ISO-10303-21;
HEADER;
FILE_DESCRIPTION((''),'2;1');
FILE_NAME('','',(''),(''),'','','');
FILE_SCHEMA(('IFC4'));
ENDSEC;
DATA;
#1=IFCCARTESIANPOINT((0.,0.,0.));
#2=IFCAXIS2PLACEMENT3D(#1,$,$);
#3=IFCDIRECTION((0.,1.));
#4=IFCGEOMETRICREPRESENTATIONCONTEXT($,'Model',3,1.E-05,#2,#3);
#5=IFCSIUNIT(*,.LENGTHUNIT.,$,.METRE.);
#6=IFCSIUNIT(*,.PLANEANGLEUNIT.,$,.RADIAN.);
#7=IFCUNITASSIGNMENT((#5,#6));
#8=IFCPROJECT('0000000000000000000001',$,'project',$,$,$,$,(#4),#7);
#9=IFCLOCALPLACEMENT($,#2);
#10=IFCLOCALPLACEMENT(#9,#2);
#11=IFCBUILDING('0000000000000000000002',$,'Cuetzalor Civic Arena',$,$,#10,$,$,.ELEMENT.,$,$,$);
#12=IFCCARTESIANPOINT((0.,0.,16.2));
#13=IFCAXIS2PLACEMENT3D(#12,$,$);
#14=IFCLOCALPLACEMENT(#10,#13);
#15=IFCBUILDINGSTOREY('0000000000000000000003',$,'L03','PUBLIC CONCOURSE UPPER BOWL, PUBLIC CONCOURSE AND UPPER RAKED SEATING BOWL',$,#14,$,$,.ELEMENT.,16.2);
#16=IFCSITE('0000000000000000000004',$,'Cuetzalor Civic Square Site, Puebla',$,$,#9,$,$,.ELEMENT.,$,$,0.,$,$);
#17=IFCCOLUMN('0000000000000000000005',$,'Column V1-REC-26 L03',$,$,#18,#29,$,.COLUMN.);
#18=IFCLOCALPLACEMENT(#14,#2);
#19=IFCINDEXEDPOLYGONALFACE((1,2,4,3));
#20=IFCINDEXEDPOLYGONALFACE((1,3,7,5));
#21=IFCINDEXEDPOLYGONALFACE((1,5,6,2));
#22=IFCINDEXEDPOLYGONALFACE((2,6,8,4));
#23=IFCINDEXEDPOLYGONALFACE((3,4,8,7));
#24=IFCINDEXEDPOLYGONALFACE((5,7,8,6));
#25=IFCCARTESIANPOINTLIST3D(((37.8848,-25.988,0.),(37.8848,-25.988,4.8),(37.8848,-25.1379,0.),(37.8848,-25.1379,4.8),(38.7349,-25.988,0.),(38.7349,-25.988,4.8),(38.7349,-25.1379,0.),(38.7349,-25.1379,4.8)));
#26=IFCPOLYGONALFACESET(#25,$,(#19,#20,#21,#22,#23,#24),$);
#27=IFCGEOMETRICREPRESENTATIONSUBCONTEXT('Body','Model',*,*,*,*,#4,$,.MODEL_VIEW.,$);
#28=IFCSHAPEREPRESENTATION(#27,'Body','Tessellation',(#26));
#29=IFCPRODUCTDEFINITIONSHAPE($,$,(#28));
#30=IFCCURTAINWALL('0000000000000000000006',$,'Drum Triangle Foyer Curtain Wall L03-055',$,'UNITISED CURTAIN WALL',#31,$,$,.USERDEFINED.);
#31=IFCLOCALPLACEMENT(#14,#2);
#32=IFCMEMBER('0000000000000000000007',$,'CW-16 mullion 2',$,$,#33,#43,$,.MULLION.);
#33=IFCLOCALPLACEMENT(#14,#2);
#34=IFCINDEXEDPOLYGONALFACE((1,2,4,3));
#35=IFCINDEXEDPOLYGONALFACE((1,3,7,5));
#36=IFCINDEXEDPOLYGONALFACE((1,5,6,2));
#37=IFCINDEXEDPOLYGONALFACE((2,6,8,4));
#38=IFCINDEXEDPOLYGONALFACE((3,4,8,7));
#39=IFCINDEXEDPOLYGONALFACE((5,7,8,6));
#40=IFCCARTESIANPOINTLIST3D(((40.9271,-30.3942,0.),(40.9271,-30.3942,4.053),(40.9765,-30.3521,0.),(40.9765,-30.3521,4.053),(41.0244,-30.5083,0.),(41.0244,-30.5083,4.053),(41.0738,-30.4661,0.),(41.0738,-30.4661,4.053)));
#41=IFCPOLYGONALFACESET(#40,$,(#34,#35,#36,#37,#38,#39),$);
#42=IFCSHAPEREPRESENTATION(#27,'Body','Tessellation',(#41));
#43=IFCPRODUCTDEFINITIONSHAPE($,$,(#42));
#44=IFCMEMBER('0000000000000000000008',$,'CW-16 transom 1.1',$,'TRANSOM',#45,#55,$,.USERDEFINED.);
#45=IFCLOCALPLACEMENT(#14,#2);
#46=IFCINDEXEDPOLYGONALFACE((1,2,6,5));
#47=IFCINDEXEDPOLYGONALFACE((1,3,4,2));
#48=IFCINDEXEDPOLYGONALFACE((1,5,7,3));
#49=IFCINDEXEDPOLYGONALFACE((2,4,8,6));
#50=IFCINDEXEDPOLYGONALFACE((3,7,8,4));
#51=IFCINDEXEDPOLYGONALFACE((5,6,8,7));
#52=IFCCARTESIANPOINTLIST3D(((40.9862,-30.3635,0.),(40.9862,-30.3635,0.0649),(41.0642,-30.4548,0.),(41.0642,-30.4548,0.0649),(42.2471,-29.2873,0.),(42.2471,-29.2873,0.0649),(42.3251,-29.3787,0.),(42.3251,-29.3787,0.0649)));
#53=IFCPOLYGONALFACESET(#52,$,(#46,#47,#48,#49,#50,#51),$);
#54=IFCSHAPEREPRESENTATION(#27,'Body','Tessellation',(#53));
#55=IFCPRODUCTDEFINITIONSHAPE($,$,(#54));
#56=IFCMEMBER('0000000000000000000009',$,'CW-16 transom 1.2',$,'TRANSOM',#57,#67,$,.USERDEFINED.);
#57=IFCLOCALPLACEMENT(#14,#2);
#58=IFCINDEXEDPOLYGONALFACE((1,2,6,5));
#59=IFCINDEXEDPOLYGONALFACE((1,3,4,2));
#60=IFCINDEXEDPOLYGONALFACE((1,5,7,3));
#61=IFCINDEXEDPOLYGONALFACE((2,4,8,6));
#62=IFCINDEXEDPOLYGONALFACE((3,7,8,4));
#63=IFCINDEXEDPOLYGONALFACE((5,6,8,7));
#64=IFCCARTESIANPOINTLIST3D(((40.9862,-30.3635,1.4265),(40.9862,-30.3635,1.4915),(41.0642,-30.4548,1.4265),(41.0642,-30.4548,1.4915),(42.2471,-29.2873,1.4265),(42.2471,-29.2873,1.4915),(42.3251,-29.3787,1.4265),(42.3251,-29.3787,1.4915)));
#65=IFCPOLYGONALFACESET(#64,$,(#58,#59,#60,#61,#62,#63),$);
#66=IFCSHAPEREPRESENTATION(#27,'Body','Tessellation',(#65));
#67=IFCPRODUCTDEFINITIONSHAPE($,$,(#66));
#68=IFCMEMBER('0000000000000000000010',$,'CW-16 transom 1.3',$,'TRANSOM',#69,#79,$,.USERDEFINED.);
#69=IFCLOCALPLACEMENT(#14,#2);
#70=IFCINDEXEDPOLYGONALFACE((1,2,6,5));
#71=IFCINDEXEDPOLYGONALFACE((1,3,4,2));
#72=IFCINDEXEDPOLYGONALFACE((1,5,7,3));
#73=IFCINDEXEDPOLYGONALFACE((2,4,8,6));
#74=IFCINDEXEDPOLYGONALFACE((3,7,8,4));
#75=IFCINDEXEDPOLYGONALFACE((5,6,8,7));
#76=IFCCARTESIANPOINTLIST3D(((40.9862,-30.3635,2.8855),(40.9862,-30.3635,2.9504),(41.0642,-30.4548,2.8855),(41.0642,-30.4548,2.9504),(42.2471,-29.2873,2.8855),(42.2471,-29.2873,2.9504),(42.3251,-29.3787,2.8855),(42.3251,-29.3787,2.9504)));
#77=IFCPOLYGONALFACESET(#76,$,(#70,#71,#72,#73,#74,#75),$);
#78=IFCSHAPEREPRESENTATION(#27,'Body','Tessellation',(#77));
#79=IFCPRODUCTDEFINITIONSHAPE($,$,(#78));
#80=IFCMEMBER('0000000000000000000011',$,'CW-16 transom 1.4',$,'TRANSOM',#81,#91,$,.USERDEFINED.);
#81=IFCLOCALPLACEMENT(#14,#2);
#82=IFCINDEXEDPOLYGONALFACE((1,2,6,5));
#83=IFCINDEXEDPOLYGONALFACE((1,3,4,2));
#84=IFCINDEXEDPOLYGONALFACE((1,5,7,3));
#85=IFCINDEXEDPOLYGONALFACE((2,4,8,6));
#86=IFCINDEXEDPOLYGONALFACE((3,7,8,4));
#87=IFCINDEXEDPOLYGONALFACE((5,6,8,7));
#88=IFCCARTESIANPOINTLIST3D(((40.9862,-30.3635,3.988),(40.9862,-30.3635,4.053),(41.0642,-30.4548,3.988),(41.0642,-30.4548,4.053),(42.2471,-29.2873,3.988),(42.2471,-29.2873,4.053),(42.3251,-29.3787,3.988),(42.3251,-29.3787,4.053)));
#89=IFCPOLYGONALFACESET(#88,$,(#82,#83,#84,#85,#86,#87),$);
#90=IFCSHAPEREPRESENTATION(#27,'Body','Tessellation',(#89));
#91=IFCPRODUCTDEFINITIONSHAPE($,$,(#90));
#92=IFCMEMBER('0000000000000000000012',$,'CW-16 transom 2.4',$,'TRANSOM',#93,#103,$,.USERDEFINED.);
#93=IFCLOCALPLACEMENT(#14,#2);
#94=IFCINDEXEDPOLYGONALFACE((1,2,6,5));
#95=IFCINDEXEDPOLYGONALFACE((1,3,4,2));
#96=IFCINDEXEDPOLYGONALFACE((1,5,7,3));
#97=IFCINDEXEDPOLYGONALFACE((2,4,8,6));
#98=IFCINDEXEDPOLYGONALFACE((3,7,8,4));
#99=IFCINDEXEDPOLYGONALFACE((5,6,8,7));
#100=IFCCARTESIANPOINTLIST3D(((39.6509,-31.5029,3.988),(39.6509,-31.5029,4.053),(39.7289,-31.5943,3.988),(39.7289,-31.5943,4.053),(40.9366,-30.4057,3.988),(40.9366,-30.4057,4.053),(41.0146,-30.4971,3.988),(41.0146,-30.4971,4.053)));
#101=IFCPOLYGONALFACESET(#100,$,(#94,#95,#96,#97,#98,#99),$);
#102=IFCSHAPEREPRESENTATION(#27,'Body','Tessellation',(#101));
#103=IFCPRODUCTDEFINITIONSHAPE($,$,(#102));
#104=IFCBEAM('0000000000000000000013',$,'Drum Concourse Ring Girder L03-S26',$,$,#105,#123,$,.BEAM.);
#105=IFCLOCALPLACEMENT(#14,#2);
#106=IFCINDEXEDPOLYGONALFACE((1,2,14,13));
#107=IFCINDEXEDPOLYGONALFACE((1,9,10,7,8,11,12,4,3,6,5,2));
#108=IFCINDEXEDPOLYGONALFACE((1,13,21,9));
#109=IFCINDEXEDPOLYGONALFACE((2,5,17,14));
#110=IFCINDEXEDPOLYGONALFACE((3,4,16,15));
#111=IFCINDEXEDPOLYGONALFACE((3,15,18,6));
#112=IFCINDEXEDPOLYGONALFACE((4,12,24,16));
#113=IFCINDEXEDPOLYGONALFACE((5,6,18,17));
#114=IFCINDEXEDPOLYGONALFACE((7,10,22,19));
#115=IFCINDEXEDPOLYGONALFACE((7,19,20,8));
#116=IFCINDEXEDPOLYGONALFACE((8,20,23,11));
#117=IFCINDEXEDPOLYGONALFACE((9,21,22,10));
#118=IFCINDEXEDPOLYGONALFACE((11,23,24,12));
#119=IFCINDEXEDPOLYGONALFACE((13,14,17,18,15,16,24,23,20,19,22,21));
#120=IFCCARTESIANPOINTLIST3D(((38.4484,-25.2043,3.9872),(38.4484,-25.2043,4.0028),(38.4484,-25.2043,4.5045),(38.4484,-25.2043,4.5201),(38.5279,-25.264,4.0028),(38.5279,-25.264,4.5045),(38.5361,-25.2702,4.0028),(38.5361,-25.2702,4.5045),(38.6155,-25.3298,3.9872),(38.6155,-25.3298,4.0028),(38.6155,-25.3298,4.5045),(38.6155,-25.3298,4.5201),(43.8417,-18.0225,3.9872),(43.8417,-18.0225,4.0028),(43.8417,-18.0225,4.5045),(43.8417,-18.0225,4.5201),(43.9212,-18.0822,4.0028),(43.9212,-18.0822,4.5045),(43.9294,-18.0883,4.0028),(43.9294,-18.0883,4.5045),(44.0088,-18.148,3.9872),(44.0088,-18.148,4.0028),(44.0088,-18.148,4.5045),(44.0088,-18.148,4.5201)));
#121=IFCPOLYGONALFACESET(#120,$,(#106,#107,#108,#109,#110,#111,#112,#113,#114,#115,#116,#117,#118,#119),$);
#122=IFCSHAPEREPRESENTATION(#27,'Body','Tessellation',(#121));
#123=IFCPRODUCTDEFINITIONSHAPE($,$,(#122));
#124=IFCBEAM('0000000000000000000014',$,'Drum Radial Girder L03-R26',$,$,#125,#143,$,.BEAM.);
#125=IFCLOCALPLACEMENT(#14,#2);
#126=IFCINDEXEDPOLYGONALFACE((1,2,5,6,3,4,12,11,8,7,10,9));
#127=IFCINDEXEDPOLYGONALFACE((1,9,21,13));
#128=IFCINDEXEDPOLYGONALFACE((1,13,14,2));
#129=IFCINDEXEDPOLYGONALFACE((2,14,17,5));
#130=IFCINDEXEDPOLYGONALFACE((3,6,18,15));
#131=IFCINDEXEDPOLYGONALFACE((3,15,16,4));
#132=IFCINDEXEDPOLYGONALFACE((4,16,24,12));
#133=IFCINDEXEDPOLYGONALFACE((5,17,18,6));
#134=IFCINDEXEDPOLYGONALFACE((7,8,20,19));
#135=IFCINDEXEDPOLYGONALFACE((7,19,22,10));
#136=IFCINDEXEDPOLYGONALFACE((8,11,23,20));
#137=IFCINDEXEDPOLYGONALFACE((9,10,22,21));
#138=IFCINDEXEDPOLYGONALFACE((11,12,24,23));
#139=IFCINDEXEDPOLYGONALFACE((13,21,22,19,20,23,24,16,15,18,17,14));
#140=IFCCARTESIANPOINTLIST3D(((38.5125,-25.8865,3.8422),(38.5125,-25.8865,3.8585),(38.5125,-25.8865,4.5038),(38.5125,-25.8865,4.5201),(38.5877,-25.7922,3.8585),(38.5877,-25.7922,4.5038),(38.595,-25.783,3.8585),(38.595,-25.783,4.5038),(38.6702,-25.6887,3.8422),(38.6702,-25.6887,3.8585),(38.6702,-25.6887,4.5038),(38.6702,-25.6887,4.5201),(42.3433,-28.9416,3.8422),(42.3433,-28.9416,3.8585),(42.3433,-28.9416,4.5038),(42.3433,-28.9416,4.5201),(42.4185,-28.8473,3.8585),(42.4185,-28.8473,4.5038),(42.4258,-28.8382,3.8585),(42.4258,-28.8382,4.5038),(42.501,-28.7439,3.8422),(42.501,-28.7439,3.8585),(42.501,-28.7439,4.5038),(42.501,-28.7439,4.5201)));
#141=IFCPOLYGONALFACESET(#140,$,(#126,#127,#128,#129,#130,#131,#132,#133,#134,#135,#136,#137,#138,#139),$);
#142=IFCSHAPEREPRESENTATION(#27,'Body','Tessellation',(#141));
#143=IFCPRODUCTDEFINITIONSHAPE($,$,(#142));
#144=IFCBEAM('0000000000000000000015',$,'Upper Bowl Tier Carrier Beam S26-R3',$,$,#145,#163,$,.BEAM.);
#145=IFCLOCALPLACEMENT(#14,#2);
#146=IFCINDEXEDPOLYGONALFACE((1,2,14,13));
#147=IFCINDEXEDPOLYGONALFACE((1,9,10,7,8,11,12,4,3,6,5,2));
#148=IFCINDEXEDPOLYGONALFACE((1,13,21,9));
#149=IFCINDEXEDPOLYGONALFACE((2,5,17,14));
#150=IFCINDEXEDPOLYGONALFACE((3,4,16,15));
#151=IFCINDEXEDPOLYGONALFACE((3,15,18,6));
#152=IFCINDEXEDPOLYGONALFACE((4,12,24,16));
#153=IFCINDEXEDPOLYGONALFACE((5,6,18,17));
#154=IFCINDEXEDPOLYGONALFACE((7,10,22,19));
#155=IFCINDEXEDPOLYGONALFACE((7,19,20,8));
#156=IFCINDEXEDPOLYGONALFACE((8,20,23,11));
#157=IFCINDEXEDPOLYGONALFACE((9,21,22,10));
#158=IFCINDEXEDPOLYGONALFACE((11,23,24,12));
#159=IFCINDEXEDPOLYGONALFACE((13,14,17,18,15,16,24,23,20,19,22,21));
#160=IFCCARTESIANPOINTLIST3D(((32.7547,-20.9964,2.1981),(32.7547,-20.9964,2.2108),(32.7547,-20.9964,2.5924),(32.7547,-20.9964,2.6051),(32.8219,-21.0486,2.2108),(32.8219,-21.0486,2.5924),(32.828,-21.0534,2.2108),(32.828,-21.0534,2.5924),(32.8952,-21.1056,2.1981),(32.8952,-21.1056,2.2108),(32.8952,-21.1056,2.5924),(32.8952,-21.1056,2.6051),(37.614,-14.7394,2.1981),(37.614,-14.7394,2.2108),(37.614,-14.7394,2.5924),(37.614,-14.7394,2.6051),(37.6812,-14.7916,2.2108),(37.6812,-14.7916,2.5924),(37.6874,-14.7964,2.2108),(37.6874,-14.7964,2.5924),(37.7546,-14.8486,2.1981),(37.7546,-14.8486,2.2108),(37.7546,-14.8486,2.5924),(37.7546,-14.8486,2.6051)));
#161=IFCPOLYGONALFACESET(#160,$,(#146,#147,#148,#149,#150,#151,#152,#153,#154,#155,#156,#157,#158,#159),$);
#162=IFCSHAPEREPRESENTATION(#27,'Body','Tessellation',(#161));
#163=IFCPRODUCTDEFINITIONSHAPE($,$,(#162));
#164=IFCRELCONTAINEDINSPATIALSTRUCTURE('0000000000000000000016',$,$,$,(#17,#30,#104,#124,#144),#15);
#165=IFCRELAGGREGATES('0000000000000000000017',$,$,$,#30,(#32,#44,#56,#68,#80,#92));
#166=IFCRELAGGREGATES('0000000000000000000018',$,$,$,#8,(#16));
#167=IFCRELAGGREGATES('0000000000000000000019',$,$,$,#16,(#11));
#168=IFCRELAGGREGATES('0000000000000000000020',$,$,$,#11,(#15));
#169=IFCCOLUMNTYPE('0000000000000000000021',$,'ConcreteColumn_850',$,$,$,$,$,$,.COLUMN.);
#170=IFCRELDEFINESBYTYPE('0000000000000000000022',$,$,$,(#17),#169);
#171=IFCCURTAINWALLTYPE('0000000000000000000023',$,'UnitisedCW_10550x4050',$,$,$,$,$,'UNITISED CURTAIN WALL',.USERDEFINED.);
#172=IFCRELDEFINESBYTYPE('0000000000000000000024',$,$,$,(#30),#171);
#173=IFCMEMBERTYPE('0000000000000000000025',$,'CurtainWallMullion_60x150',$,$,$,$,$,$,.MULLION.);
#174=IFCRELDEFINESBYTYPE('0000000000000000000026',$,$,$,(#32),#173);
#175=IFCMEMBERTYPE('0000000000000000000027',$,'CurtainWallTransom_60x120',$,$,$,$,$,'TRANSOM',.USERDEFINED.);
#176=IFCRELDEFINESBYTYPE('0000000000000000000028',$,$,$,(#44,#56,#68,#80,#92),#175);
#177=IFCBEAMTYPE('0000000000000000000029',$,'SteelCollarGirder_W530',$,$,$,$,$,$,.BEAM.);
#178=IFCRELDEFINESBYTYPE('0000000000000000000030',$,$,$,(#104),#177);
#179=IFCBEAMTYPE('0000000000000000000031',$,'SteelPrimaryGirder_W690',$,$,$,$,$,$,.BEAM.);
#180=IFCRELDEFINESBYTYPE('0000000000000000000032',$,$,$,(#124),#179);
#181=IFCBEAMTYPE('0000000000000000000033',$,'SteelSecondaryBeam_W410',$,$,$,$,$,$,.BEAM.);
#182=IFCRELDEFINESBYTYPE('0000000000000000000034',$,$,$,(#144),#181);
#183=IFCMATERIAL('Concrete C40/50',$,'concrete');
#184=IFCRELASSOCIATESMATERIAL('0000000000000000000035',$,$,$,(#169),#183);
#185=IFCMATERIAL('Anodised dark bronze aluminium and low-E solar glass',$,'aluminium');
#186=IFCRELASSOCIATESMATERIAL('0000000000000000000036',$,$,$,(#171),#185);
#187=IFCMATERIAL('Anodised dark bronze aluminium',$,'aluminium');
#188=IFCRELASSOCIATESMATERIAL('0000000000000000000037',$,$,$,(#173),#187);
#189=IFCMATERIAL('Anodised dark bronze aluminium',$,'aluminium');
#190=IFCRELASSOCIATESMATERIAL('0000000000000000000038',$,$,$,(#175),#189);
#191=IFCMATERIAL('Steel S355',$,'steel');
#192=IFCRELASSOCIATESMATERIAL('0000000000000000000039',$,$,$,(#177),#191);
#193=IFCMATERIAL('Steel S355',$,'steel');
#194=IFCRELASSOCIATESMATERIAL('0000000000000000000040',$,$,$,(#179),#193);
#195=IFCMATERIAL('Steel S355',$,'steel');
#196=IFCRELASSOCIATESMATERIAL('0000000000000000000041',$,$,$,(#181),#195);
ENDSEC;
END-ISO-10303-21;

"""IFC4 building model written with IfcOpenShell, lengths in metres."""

from ifc_helpers import new_model, si_unit, direction, frame, origin, origin_2d, place, context, subcontext, project, spatial, rectangle, i_section, extrude, material, material_profile, profile_set, type_object, element, aggregate, save


model = new_model("IFC4")

# Units and contexts
model_context = context("Model", 3, precision=1e-05, world=origin(), true_north=direction((0.0, 1.0)))
body_context = subcontext(model_context, "Body", "Model", "MODEL_VIEW")
ifc_project = project(units=[si_unit("LENGTHUNIT", "METRE"), si_unit("PLANEANGLEUNIT", "RADIAN")], contexts=[model_context])

# Site, building, storey
site_placement = place(None, origin())
site = spatial("IfcSite", under=ifc_project, at=site_placement, Name="Cuetzalor Civic Square Site, Puebla", CompositionType="ELEMENT", RefElevation=0.0)
building_placement = place(site_placement, origin())
building = spatial("IfcBuilding", under=site, at=building_placement, Name="Cuetzalor Civic Arena", CompositionType="ELEMENT")
storey_placement = place(building_placement, frame((0.0, 0.0, 16.2)))
storey = spatial("IfcBuildingStorey", under=building, at=storey_placement, Name="L03", Description="PUBLIC CONCOURSE UPPER BOWL, PUBLIC CONCOURSE AND UPPER RAKED SEATING BOWL", CompositionType="ELEMENT", Elevation=16.2)

# Column
ifc_material_1 = material(Name="Concrete C40/50", Category="concrete")
ifc_material_profile_1 = material_profile(ifc_material_1, rectangle(XDim=0.8501, YDim=0.8501, at=origin_2d()), Name="RC 850x850")
ifc_profile_set_1 = profile_set([ifc_material_profile_1], Name="Concrete C40/50")
column_type = type_object("IfcColumnType", Name="ConcreteColumn_850", PredefinedType="COLUMN", material=ifc_profile_set_1)
column_placement = place(storey_placement, frame((38.3098, -25.563, 0.0), z_axis=(0.0, 0.0, 1.0), x_axis=(1.0, 0.0, 0.0)))
element("IfcColumn", 1, at=column_placement, inside=storey, type_object=column_type, Name="Column V1-REC-26 L03", PredefinedType="COLUMN", context=body_context, shape_type="SweptSolid", body=[
    extrude(rectangle(XDim=0.8501, YDim=0.8501, at=origin_2d()), origin(), (0.0, 0.0, 1.0), 4.8),
])

# Curtain wall, members
ifc_material_2 = material(Name="Anodised dark bronze aluminium and low-E solar glass", Category="aluminium")
curtain_wall_type = type_object("IfcCurtainWallType", Name="UnitisedCW_10550x4050", ElementType="UNITISED CURTAIN WALL", PredefinedType="USERDEFINED", material=ifc_material_2)
curtain_wall_placement = place(storey_placement, origin())
curtain_wall = element("IfcCurtainWall", 2, at=curtain_wall_placement, inside=storey, type_object=curtain_wall_type, Name="Drum Triangle Foyer Curtain Wall L03-055", ObjectType="UNITISED CURTAIN WALL", PredefinedType="USERDEFINED")
ifc_material_3 = material(Name="Anodised dark bronze aluminium", Category="aluminium")
ifc_material_profile_2 = material_profile(ifc_material_3, rectangle(XDim=0.0649, YDim=0.1499, at=origin_2d()), Name="ALU MULLION 65x150")
ifc_profile_set_2 = profile_set([ifc_material_profile_2], Name="Anodised dark bronze aluminium")
member_type_1 = type_object("IfcMemberType", Name="CurtainWallMullion_60x150", PredefinedType="MULLION", material=ifc_profile_set_2)
member_1_placement = place(storey_placement, frame((41.0005, -30.4302, 0.0), z_axis=(0.0, 0.0, 1.0), x_axis=(-0.760677, -0.64913, 0.0)))
member_1 = element("IfcMember", 3, at=member_1_placement, type_object=member_type_1, Name="CW-16 mullion 2", PredefinedType="MULLION", context=body_context, shape_type="SweptSolid", body=[
    extrude(rectangle(XDim=0.0649, YDim=0.1499, at=origin_2d()), origin(), (0.0, 0.0, 1.0), 4.053),
])
ifc_material_4 = material(Name="Anodised dark bronze aluminium", Category="aluminium")
ifc_material_profile_3 = material_profile(ifc_material_4, rectangle(XDim=0.1201, YDim=0.0649, at=origin_2d()), Name="ALU TRANSOM 65x120")
ifc_profile_set_3 = profile_set([ifc_material_profile_3], Name="Anodised dark bronze aluminium")
member_type_2 = type_object("IfcMemberType", Name="CurtainWallTransom_60x120", ElementType="TRANSOM", PredefinedType="USERDEFINED", material=ifc_profile_set_3)
member_2_placement = place(storey_placement, frame((42.2861, -29.333, 0.0325), z_axis=(-0.760648, -0.649165, 0.0), x_axis=(0.649165, -0.760648, 0.0)))
member_2 = element("IfcMember", 4, at=member_2_placement, type_object=member_type_2, Name="CW-16 transom 1.1", ObjectType="TRANSOM", PredefinedType="USERDEFINED", context=body_context, shape_type="SweptSolid", body=[
    extrude(rectangle(XDim=0.1201, YDim=0.0649, at=origin_2d()), origin(), (0.0, 0.0, 1.0), 1.6577),
])
member_3_placement = place(storey_placement, frame((42.2861, -29.333, 1.459), z_axis=(-0.760648, -0.649165, 0.0), x_axis=(0.649165, -0.760648, 0.0)))
member_3 = element("IfcMember", 5, at=member_3_placement, type_object=member_type_2, Name="CW-16 transom 1.2", ObjectType="TRANSOM", PredefinedType="USERDEFINED", context=body_context, shape_type="SweptSolid", body=[
    extrude(rectangle(XDim=0.1201, YDim=0.0649, at=origin_2d()), origin(), (0.0, 0.0, 1.0), 1.6577),
])
member_4_placement = place(storey_placement, frame((42.2861, -29.333, 2.918), z_axis=(-0.760648, -0.649165, 0.0), x_axis=(0.649165, -0.760648, 0.0)))
member_4 = element("IfcMember", 6, at=member_4_placement, type_object=member_type_2, Name="CW-16 transom 1.3", ObjectType="TRANSOM", PredefinedType="USERDEFINED", context=body_context, shape_type="SweptSolid", body=[
    extrude(rectangle(XDim=0.1201, YDim=0.0649, at=origin_2d()), origin(), (0.0, 0.0, 1.0), 1.6577),
])
member_5_placement = place(storey_placement, frame((42.2861, -29.333, 4.0205), z_axis=(-0.760648, -0.649165, 0.0), x_axis=(0.649165, -0.760648, 0.0)))
member_5 = element("IfcMember", 7, at=member_5_placement, type_object=member_type_2, Name="CW-16 transom 1.4", ObjectType="TRANSOM", PredefinedType="USERDEFINED", context=body_context, shape_type="SweptSolid", body=[
    extrude(rectangle(XDim=0.1201, YDim=0.0649, at=origin_2d()), origin(), (0.0, 0.0, 1.0), 1.6577),
])
member_6_placement = place(storey_placement, frame((40.9756, -30.4514, 4.0205), z_axis=(-0.760662, -0.649148, 0.0), x_axis=(0.649148, -0.760662, 0.0)))
member_6 = element("IfcMember", 8, at=member_6_placement, type_object=member_type_2, Name="CW-16 transom 2.4", ObjectType="TRANSOM", PredefinedType="USERDEFINED", context=body_context, shape_type="SweptSolid", body=[
    extrude(rectangle(XDim=0.1201, YDim=0.0649, at=origin_2d()), origin(), (0.0, 0.0, 1.0), 1.6902),
])

# Beams
ifc_material_5 = material(Name="Steel S355", Category="steel")
ifc_material_profile_4 = material_profile(ifc_material_5, i_section(OverallWidth=0.209, OverallDepth=0.533, WebThickness=0.0103, FlangeThickness=0.0156, at=origin_2d()), Name="W530x92")
ifc_profile_set_4 = profile_set([ifc_material_profile_4], Name="Steel S355")
beam_type_1 = type_object("IfcBeamType", Name="SteelCollarGirder_W530", PredefinedType="BEAM", material=ifc_profile_set_4)
beam_1_placement = place(storey_placement, frame((38.532, -25.2671, 4.2537), z_axis=(0.600491, 0.799631, 0.0), x_axis=(-0.799631, 0.600491, 0.0)))
element("IfcBeam", 9, at=beam_1_placement, inside=storey, type_object=beam_type_1, Name="Drum Concourse Ring Girder L03-S26", PredefinedType="BEAM", context=body_context, shape_type="SweptSolid", body=[
    extrude(i_section(OverallWidth=0.209, OverallDepth=0.533, WebThickness=0.0103, FlangeThickness=0.0156, at=origin_2d()), origin(), (0.0, 0.0, 1.0), 8.9814),
])
ifc_material_6 = material(Name="Steel S355", Category="steel")
ifc_material_profile_5 = material_profile(ifc_material_6, i_section(OverallWidth=0.2529, OverallDepth=0.678, WebThickness=0.0117, FlangeThickness=0.0164, at=origin_2d()), Name="W690x125")
ifc_profile_set_5 = profile_set([ifc_material_profile_5], Name="Steel S355")
beam_type_2 = type_object("IfcBeamType", Name="SteelPrimaryGirder_W690", PredefinedType="BEAM", material=ifc_profile_set_5)
beam_2_placement = place(storey_placement, frame((38.5913, -25.7876, 4.1812), z_axis=(0.781811, -0.623516, 0.0), x_axis=(0.623516, 0.781811, 0.0)))
element("IfcBeam", 10, at=beam_2_placement, inside=storey, type_object=beam_type_2, Name="Drum Radial Girder L03-R26", PredefinedType="BEAM", context=body_context, shape_type="SweptSolid", body=[
    extrude(i_section(OverallWidth=0.2529, OverallDepth=0.678, WebThickness=0.0117, FlangeThickness=0.0164, at=origin_2d()), origin(), (0.0, 0.0, 1.0), 4.8999),
])
ifc_material_7 = material(Name="Steel S355", Category="steel")
ifc_material_profile_6 = material_profile(ifc_material_7, i_section(OverallWidth=0.178, OverallDepth=0.407, WebThickness=0.0078, FlangeThickness=0.0127, at=origin_2d()), Name="W410x60")
ifc_profile_set_6 = profile_set([ifc_material_profile_6], Name="Steel S355")
beam_type_3 = type_object("IfcBeamType", Name="SteelSecondaryBeam_W410", PredefinedType="BEAM", material=ifc_profile_set_6)
beam_3_placement = place(storey_placement, frame((32.825, -21.051, 2.4016), z_axis=(0.613371, 0.789795, 0.0), x_axis=(-0.789795, 0.613371, 0.0)))
element("IfcBeam", 11, at=beam_3_placement, inside=storey, type_object=beam_type_3, Name="Upper Bowl Tier Carrier Beam S26-R3", PredefinedType="BEAM", context=body_context, shape_type="SweptSolid", body=[
    extrude(i_section(OverallWidth=0.178, OverallDepth=0.407, WebThickness=0.0078, FlangeThickness=0.0127, at=origin_2d()), origin(), (0.0, 0.0, 1.0), 7.9224),
])

aggregate(curtain_wall, [member_1, member_2, member_3, member_4, member_5, member_6])

save(model, "model.ifc")
